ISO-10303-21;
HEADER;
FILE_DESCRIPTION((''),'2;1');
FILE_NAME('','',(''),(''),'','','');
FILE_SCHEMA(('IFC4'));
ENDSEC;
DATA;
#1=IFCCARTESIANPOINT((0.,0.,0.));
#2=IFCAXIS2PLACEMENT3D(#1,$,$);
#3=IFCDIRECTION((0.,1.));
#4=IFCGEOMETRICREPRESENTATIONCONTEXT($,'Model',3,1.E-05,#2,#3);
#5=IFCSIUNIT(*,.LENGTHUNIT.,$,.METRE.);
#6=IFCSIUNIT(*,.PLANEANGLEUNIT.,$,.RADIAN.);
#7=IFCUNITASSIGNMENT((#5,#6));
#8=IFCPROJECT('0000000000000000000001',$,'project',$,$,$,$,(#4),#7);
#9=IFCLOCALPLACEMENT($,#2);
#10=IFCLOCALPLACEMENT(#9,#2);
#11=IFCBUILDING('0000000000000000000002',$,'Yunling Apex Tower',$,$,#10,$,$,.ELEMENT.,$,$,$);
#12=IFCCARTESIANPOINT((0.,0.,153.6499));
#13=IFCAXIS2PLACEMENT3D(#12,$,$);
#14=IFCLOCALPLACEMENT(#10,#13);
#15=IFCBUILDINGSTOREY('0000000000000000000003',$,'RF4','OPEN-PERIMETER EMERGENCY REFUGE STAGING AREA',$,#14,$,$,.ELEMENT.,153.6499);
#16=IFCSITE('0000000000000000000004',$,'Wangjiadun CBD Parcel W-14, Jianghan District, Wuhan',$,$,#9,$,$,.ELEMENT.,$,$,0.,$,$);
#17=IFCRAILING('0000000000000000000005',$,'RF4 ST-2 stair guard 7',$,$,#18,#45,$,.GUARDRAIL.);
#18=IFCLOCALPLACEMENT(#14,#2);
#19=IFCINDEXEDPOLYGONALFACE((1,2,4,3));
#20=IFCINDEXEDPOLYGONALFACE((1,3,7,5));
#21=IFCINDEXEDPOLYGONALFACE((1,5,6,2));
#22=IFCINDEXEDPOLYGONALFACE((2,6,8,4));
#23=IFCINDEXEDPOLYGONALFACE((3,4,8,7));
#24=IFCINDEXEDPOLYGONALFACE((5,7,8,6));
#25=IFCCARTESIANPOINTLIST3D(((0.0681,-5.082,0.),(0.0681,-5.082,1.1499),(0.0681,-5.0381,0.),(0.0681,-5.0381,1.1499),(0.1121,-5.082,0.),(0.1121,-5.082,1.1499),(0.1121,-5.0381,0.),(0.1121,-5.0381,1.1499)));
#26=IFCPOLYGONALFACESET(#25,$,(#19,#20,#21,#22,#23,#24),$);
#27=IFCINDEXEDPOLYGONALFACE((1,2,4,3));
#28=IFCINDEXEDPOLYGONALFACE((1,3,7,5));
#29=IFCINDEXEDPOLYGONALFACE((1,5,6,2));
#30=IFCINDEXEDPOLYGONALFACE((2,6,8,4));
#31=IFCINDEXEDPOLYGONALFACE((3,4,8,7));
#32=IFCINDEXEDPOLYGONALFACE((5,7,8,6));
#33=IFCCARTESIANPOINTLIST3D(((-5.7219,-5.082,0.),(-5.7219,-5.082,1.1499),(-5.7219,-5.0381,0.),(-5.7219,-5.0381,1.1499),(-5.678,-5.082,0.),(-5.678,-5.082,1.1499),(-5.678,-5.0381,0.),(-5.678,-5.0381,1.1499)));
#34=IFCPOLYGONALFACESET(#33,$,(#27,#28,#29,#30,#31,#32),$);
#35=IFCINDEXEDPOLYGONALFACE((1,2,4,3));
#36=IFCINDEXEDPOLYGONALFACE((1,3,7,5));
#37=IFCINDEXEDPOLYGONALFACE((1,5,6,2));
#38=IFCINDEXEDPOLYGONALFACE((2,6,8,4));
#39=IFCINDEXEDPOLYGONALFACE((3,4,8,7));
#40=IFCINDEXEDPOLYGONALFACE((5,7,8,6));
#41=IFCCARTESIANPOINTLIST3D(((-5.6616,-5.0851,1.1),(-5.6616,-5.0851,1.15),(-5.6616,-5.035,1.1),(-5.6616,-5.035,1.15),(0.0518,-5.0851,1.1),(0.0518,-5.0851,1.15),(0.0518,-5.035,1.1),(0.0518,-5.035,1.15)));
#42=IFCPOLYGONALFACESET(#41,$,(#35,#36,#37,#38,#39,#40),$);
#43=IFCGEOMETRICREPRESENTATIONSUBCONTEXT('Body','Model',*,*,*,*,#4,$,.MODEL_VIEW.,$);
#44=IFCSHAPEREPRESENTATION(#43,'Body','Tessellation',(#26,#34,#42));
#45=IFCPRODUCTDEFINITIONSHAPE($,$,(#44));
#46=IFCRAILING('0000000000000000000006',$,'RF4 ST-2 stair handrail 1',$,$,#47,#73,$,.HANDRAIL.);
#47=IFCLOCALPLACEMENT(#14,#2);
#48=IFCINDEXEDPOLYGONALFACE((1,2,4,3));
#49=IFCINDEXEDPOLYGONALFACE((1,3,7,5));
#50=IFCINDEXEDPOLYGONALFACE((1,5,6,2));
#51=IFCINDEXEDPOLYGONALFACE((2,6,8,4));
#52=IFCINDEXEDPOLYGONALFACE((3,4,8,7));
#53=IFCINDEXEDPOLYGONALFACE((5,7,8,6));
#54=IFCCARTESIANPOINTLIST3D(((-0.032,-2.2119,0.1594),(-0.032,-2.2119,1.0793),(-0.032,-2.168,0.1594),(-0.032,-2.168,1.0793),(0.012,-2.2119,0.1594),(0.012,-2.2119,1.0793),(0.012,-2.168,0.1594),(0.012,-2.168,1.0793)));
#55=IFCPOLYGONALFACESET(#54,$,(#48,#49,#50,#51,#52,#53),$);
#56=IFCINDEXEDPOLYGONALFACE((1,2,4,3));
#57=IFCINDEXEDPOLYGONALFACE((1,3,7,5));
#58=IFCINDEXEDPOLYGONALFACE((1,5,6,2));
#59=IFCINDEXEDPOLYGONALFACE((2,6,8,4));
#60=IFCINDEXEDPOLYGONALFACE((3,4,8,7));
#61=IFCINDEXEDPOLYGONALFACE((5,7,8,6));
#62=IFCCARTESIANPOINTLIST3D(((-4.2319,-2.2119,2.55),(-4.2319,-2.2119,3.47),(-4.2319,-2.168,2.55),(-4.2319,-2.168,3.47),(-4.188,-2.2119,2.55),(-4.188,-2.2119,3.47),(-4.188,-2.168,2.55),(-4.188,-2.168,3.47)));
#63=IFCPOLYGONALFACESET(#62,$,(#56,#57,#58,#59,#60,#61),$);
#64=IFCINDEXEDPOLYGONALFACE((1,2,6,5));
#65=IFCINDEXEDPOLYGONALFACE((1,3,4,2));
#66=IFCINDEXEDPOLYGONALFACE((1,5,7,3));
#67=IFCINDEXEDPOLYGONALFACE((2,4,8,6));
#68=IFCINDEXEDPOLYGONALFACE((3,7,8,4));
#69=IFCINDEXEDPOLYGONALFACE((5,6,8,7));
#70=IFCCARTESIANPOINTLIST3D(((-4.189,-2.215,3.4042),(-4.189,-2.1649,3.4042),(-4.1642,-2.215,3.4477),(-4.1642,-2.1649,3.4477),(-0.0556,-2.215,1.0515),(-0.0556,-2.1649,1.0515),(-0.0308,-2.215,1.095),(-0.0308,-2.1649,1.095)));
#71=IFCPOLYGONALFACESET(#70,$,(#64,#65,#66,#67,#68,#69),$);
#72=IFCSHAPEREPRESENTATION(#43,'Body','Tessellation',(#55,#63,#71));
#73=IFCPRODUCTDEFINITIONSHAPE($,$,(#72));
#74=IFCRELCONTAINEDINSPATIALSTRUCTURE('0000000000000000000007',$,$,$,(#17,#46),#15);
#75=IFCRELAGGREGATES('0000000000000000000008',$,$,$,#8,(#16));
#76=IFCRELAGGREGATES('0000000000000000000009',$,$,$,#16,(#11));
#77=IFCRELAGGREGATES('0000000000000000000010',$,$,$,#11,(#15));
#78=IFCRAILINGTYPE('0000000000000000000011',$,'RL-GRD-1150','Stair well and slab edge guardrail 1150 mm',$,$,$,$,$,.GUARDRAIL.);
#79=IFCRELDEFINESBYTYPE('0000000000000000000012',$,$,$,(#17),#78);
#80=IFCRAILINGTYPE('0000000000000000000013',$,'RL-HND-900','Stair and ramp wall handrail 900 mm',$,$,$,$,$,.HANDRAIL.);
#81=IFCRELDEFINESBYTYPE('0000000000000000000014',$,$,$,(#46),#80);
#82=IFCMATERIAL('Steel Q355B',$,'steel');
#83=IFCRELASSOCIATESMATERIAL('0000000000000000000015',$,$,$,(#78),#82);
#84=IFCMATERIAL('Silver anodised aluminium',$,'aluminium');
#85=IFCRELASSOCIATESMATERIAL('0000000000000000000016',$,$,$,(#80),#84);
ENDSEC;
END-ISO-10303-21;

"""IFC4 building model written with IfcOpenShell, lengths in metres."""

from ifc_helpers import new_model, si_unit, direction, frame, origin, origin_2d, place, context, subcontext, project, spatial, rectangle, extrude, material, type_object, element, save


model = new_model("IFC4")

# Units and contexts
model_context = context("Model", 3, precision=1e-05, world=origin(), true_north=direction((0.0, 1.0)))
body_context = subcontext(model_context, "Body", "Model", "MODEL_VIEW")
ifc_project = project(units=[si_unit("LENGTHUNIT", "METRE"), si_unit("PLANEANGLEUNIT", "RADIAN")], contexts=[model_context])

# Site, building, storey
site_placement = place(None, origin())
site = spatial("IfcSite", under=ifc_project, at=site_placement, Name="Wangjiadun CBD Parcel W-14, Jianghan District, Wuhan", CompositionType="ELEMENT", RefElevation=0.0)
building_placement = place(site_placement, origin())
building = spatial("IfcBuilding", under=site, at=building_placement, Name="Yunling Apex Tower", CompositionType="ELEMENT")
storey_placement = place(building_placement, frame((0.0, 0.0, 153.6499)))
storey = spatial("IfcBuildingStorey", under=building, at=storey_placement, Name="RF4", Description="OPEN-PERIMETER EMERGENCY REFUGE STAGING AREA", CompositionType="ELEMENT", Elevation=153.6499)

# Shared definitions
ifc_material_1 = material(Name="Steel Q355B", Category="steel")

# Railings
railing_type_1 = type_object("IfcRailingType", Name="RL-GRD-1150", Description="Stair well and slab edge guardrail 1150 mm", PredefinedType="GUARDRAIL", material=ifc_material_1)
railing_1_placement = place(storey_placement, frame((0.0901, -5.0601, 0.0)))
element("IfcRailing", 1, at=railing_1_placement, inside=storey, type_object=railing_type_1, Name="RF4 ST-2 stair guard 7", PredefinedType="GUARDRAIL", context=body_context, shape_type="SweptSolid", body=[
    extrude(rectangle(XDim=0.0439, YDim=0.0439, at=origin_2d()), origin(), (0.0, 0.0, 1.0), 1.1499),
    extrude(rectangle(XDim=0.0439, YDim=0.0439, at=origin_2d()), frame((-5.79, 0.0, 0.0)), (0.0, 0.0, 1.0), 1.1499),
    extrude(rectangle(XDim=0.05, YDim=0.05, at=origin_2d()), frame((-0.0383, 0.0, 1.125), z_axis=(-1.0, 0.0, 0.0), x_axis=(0.0, -1.0, 0.0)), (0.0, 0.0, 1.0), 5.7134),
])
ifc_material_2 = material(Name="Silver anodised aluminium", Category="aluminium")
railing_type_2 = type_object("IfcRailingType", Name="RL-HND-900", Description="Stair and ramp wall handrail 900 mm", PredefinedType="HANDRAIL", material=ifc_material_2)
railing_2_placement = place(storey_placement, frame((-0.01, -2.1899, 0.1594)))
element("IfcRailing", 2, at=railing_2_placement, inside=storey, type_object=railing_type_2, Name="RF4 ST-2 stair handrail 1", PredefinedType="HANDRAIL", context=body_context, shape_type="SweptSolid", body=[
    extrude(rectangle(XDim=0.0439, YDim=0.0439, at=origin_2d()), origin(), (0.0, 0.0, 1.0), 0.9199),
    extrude(rectangle(XDim=0.0439, YDim=0.0439, at=origin_2d()), frame((-4.2, 0.0, 2.3906)), (0.0, 0.0, 1.0), 0.9199),
    extrude(rectangle(XDim=0.05, YDim=0.05, at=origin_2d()), frame((-0.0332, 0.0, 0.9138), z_axis=(-0.869075, 0.0, 0.49468), x_axis=(0.0, -1.0, 0.0)), (0.0, 0.0, 1.0), 4.7561),
])

save(model, "model.ifc")
